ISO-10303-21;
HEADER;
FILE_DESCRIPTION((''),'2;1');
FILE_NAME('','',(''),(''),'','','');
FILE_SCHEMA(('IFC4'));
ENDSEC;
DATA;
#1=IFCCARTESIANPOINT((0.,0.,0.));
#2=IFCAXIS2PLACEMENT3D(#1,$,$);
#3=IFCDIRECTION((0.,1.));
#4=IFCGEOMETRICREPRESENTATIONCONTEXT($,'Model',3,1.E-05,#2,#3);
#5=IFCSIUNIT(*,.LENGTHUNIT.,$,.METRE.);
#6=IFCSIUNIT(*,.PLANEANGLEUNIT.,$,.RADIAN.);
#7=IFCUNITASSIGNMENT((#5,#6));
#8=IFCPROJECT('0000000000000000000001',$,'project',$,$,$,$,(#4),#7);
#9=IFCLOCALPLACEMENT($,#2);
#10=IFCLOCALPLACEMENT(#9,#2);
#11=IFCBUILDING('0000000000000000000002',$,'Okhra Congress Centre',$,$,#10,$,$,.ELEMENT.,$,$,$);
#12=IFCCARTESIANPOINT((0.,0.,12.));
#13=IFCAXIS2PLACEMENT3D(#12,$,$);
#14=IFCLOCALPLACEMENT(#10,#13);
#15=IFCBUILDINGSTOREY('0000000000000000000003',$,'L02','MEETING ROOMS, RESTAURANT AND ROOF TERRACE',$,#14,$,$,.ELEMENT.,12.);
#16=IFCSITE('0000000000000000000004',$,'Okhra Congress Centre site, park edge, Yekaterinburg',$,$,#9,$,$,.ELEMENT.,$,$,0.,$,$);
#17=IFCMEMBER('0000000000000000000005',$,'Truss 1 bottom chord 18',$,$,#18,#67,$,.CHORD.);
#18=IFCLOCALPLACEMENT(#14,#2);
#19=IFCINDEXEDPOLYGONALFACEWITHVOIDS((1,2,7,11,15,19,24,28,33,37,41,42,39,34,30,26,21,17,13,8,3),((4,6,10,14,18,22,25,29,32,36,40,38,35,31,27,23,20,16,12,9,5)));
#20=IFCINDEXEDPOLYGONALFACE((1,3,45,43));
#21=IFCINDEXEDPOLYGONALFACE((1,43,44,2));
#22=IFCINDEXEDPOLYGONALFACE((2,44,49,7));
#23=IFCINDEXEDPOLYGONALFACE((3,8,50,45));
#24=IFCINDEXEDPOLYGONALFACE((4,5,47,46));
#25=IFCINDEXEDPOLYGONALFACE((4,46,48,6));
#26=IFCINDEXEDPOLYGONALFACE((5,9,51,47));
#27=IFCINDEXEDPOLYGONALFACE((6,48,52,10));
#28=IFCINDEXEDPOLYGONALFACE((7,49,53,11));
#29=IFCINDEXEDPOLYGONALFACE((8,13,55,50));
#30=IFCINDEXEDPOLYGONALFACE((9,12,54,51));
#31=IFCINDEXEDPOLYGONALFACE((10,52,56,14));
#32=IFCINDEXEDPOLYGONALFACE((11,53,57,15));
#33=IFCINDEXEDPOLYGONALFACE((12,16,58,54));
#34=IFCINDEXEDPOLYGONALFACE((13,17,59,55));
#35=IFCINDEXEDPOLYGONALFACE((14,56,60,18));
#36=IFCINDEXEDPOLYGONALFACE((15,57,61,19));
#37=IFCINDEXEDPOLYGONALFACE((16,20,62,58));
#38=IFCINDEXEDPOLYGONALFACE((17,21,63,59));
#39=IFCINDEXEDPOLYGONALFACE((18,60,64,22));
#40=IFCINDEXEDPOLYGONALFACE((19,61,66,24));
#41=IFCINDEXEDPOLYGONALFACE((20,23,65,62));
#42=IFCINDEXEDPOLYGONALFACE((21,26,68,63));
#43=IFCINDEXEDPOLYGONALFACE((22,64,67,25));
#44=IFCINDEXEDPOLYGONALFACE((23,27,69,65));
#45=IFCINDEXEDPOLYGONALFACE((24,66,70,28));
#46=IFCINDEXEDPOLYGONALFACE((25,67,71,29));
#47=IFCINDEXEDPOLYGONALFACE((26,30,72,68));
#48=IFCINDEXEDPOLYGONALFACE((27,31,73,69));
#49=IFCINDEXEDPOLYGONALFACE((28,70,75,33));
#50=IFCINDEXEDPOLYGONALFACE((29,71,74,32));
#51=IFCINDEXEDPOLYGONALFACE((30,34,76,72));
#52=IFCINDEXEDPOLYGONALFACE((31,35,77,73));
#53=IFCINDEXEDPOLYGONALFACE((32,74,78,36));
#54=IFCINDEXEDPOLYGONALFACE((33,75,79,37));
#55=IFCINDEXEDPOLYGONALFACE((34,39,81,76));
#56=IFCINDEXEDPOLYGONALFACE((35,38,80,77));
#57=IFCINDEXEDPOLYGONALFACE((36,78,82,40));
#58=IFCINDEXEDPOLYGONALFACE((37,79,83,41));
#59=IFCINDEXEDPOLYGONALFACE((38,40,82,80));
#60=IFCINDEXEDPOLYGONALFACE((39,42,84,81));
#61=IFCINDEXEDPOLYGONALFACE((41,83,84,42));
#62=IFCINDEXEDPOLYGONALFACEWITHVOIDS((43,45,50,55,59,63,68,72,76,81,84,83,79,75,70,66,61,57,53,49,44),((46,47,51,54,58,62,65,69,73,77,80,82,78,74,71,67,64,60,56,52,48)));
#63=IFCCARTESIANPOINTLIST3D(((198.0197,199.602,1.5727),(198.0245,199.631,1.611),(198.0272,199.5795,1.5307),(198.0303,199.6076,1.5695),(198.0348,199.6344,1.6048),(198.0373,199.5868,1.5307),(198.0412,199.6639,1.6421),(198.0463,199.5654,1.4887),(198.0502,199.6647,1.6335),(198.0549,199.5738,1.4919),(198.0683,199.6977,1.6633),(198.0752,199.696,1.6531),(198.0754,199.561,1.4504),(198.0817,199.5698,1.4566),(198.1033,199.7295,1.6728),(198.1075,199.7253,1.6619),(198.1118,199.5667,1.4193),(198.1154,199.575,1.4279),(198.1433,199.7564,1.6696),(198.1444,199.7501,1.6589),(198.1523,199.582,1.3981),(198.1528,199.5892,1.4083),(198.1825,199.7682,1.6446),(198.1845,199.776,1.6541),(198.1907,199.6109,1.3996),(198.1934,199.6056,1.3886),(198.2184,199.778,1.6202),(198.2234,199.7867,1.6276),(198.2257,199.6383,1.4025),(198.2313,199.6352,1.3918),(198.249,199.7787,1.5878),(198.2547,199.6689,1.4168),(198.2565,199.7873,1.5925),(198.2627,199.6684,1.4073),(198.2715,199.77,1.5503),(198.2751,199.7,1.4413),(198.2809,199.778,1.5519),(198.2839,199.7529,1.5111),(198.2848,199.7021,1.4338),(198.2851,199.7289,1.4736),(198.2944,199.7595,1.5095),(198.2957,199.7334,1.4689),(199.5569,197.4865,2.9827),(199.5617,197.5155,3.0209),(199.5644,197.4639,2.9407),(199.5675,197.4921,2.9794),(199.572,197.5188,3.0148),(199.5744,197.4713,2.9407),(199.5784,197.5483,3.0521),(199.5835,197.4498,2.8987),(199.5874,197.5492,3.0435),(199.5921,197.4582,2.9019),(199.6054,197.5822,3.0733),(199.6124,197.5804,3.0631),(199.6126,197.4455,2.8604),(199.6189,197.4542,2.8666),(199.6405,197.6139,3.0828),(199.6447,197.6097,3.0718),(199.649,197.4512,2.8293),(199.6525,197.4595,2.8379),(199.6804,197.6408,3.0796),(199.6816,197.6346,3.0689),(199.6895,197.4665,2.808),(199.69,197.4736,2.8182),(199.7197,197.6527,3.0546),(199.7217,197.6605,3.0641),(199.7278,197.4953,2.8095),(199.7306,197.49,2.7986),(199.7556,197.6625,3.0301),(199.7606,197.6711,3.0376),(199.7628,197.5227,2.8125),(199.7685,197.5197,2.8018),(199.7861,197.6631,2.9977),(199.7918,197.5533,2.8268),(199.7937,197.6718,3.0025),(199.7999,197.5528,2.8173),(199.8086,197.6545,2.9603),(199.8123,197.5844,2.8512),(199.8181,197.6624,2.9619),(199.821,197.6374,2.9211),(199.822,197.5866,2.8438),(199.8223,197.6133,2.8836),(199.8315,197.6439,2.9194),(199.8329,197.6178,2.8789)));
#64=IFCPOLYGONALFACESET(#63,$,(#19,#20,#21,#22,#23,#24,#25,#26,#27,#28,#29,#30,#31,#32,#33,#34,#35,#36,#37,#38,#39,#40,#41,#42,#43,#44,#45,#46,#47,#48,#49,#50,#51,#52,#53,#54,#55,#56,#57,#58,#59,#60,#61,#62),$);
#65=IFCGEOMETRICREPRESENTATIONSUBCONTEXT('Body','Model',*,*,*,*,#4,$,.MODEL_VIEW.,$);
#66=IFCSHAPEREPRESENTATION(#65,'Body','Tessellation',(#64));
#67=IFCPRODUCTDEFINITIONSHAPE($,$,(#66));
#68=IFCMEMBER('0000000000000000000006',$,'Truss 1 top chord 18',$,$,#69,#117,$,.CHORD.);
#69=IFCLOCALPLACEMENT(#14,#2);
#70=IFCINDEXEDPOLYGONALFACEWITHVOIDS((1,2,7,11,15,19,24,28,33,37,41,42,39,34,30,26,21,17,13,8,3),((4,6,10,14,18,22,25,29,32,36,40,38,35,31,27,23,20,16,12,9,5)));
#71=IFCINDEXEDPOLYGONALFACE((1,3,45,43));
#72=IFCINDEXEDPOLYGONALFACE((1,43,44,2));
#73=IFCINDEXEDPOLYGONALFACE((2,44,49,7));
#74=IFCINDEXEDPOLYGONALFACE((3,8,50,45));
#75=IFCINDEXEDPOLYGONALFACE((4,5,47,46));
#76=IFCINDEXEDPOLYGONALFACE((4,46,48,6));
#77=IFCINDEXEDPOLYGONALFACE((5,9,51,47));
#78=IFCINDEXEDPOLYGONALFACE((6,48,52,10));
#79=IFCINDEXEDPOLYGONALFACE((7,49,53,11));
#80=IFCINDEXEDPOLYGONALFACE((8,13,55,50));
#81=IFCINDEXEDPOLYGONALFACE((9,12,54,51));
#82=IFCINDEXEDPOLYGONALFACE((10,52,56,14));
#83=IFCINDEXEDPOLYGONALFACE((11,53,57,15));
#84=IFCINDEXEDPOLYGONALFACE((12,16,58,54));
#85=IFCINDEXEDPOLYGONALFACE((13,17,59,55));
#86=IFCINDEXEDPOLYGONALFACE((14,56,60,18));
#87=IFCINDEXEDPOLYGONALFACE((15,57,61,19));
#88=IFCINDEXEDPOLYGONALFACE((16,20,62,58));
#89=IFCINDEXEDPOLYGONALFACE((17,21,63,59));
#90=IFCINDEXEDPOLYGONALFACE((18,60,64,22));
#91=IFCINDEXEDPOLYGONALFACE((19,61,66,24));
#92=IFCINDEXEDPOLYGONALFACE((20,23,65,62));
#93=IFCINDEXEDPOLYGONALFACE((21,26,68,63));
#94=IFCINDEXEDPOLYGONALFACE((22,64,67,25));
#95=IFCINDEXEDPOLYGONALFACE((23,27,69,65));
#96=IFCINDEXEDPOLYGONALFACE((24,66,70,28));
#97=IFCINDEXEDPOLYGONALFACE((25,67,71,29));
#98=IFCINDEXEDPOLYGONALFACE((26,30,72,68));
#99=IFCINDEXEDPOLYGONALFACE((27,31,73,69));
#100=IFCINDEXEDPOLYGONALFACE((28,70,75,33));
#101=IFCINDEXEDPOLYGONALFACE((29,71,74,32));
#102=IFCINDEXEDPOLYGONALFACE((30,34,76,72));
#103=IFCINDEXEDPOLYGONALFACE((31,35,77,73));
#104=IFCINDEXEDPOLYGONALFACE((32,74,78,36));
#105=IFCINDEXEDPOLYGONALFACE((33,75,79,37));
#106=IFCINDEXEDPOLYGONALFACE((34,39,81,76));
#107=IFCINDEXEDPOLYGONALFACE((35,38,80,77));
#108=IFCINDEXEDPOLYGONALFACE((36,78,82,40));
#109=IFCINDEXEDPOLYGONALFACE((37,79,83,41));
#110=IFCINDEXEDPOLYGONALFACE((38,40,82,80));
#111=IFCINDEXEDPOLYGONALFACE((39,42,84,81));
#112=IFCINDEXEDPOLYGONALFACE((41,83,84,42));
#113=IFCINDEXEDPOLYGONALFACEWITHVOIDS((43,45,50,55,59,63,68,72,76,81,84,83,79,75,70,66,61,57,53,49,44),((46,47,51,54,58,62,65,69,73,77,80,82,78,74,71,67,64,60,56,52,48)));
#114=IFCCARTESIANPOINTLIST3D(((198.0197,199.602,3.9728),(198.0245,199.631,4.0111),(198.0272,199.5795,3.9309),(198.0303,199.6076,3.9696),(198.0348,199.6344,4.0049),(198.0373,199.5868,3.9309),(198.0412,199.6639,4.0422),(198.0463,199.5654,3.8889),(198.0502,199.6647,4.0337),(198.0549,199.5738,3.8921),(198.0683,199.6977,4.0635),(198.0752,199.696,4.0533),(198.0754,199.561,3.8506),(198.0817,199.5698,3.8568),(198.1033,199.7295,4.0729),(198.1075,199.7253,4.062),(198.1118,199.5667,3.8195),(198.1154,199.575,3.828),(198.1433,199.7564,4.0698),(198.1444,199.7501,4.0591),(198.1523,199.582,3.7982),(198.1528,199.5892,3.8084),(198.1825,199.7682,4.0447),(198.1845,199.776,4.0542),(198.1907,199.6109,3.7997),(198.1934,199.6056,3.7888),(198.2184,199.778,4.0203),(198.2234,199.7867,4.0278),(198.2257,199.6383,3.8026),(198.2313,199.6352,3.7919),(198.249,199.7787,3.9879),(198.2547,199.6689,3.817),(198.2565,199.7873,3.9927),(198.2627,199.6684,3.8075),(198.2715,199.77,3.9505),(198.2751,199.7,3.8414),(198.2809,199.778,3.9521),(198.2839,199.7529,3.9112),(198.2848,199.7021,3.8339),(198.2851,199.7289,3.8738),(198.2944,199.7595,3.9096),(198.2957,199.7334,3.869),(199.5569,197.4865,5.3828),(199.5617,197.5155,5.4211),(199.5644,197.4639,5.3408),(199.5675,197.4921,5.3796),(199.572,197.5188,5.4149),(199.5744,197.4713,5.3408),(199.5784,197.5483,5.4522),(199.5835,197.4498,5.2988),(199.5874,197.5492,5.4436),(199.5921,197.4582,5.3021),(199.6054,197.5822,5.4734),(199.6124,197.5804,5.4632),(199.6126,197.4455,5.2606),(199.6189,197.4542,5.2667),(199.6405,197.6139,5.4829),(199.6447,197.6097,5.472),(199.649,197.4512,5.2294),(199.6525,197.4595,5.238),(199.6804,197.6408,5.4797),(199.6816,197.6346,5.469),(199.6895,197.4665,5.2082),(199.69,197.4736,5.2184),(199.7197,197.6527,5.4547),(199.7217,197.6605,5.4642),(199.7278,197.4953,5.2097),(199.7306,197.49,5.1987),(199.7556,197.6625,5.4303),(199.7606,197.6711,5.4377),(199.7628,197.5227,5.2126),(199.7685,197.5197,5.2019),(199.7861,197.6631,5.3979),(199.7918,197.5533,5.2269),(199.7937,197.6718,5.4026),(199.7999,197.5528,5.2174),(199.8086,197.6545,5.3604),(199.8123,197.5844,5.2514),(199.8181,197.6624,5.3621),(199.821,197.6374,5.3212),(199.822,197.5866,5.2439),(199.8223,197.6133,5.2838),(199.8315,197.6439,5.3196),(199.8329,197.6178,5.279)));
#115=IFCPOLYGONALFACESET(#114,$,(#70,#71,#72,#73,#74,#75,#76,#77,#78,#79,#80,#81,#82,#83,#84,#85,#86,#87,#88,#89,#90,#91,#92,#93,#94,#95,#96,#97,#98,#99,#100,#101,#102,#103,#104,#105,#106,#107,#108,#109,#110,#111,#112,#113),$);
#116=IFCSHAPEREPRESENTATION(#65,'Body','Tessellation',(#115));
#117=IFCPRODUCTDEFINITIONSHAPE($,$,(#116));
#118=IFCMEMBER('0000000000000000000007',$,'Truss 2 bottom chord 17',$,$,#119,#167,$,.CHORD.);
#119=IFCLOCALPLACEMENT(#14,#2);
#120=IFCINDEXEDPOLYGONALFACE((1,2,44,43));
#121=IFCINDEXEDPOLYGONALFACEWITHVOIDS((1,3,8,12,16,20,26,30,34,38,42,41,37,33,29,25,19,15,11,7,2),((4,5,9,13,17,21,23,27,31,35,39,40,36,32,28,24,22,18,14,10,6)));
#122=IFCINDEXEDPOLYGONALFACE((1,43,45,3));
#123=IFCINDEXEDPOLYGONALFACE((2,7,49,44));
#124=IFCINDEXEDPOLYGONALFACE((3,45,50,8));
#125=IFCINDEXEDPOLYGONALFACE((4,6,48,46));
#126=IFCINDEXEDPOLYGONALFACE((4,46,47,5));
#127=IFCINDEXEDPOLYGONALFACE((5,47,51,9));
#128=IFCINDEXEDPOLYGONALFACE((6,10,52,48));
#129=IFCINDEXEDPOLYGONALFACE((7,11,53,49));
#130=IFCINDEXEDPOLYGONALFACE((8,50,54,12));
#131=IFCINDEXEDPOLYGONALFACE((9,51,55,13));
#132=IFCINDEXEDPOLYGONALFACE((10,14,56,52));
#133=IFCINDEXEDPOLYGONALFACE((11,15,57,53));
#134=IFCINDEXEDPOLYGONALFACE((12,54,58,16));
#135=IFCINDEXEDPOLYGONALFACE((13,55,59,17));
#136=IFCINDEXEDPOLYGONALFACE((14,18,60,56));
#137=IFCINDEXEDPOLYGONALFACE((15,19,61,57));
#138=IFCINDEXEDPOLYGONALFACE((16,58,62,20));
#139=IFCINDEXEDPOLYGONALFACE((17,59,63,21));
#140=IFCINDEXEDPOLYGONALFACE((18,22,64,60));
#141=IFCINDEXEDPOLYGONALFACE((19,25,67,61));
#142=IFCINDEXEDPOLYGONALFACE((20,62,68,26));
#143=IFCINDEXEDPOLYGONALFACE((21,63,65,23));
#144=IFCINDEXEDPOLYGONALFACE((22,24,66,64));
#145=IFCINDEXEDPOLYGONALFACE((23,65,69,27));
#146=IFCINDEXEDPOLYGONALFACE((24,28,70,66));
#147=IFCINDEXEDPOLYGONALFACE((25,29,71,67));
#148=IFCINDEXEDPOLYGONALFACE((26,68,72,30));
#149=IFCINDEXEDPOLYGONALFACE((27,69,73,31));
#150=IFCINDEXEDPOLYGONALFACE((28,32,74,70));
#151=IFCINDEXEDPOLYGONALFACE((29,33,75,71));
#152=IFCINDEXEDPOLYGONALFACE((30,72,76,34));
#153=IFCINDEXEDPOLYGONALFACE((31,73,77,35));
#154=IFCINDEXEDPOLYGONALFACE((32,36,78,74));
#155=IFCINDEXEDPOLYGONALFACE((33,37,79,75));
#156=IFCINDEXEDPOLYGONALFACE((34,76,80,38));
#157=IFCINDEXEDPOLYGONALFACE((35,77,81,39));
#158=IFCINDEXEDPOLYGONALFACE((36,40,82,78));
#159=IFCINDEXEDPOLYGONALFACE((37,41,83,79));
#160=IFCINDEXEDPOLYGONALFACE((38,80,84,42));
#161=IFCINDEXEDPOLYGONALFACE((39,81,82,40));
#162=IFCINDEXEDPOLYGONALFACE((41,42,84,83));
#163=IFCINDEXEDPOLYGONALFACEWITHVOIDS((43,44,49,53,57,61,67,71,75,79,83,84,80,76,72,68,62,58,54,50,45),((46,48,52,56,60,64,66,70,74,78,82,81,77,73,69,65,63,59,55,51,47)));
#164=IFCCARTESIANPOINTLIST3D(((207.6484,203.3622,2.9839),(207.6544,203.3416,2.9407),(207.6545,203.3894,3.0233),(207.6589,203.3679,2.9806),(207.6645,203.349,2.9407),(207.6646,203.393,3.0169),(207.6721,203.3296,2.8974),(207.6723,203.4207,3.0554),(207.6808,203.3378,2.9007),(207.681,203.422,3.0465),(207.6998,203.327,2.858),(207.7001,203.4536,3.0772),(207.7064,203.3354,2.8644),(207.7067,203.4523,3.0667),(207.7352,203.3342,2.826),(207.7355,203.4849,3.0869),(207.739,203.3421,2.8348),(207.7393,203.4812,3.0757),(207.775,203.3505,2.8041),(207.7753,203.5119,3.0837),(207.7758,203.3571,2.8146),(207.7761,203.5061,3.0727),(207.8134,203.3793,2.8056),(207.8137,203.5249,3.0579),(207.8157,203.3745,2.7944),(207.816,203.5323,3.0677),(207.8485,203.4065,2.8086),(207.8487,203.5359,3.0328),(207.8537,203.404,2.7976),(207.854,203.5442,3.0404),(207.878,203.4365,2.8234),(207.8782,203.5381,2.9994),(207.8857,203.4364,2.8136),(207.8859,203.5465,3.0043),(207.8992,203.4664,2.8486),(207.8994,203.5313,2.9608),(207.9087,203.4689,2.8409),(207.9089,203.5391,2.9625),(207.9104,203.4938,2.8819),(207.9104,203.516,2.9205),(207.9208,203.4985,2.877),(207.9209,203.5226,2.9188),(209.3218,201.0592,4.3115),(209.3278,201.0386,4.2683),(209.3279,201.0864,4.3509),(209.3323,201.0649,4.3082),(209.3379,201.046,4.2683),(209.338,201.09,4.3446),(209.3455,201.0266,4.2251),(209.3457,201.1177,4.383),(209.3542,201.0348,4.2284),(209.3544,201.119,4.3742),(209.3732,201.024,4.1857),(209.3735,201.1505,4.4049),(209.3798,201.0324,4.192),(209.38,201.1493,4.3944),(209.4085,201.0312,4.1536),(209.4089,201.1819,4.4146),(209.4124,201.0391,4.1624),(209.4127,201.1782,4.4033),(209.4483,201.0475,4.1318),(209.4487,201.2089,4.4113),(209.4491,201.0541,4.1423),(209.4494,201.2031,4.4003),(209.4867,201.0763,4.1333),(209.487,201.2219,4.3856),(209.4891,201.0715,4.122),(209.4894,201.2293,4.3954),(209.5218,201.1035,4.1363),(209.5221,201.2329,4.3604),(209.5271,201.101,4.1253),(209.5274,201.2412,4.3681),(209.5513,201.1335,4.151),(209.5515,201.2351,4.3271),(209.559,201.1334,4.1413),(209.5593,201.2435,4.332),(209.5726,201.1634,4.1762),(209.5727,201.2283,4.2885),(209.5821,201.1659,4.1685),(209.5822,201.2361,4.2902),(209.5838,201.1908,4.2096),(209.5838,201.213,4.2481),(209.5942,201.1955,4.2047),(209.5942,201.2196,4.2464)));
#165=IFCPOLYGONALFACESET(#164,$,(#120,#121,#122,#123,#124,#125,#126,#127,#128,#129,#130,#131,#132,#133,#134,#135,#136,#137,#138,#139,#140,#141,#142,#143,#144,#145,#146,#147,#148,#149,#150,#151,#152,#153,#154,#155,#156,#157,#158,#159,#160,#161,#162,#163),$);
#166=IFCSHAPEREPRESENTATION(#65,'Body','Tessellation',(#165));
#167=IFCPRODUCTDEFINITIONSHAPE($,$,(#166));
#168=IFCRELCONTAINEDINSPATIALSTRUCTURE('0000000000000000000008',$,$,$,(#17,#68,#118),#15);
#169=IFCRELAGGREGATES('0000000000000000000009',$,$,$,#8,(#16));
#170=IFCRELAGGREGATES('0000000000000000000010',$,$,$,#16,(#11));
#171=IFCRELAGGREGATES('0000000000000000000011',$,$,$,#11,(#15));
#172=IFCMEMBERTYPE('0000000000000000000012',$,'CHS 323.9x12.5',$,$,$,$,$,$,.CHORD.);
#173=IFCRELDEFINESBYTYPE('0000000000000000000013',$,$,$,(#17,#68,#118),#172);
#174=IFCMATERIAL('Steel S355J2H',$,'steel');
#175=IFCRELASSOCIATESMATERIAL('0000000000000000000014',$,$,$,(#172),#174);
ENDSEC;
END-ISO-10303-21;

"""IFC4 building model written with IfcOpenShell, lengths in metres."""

from ifc_helpers import new_model, si_unit, direction, frame, origin, origin_2d, place, context, subcontext, project, spatial, hollow_circle, extrude, material, material_profile, profile_set, type_object, element, save


model = new_model("IFC4")

# Units and contexts
model_context = context("Model", 3, precision=1e-05, world=origin(), true_north=direction((0.0, 1.0)))
body_context = subcontext(model_context, "Body", "Model", "MODEL_VIEW")
ifc_project = project(units=[si_unit("LENGTHUNIT", "METRE"), si_unit("PLANEANGLEUNIT", "RADIAN")], contexts=[model_context])

# Site, building, storey
site_placement = place(None, origin())
site = spatial("IfcSite", under=ifc_project, at=site_placement, Name="Okhra Congress Centre site, park edge, Yekaterinburg", CompositionType="ELEMENT", RefElevation=0.0)
building_placement = place(site_placement, origin())
building = spatial("IfcBuilding", under=site, at=building_placement, Name="Okhra Congress Centre", CompositionType="ELEMENT")
storey_placement = place(building_placement, frame((0.0, 0.0, 12.0)))
storey = spatial("IfcBuildingStorey", under=building, at=storey_placement, Name="L02", Description="MEETING ROOMS, RESTAURANT AND ROOF TERRACE", CompositionType="ELEMENT", Elevation=12.0)

# Shared definitions
ifc_material_1 = material(Name="Steel S355J2H", Category="steel")

# Members
ifc_material_profile_1 = material_profile(ifc_material_1, hollow_circle(Radius=0.1619, WallThickness=0.0125, at=origin_2d()), Name="CHS 323.9x12.5")
ifc_profile_set_1 = profile_set([ifc_material_profile_1], Name="Steel S355J2H")
member_type_1 = type_object("IfcMemberType", Name="CHS 323.9x12.5", PredefinedType="CHORD", material=ifc_profile_set_1)
for number, where, z_axis, x_axis, name in (
    (1, (199.6953, 197.5591, 2.9407), (-0.517401, 0.712084, -0.474586), (-0.808994, -0.587816, 0.0), "Truss 1 bottom chord 18"),
    (2, (199.6953, 197.5591, 5.3408), (-0.517401, 0.712084, -0.474586), (-0.808994, -0.587816, 0.0), "Truss 1 top chord 18"),
):
    element("IfcMember", number, at=place(storey_placement, frame(where, z_axis=z_axis, x_axis=x_axis)), inside=storey, type_object=member_type_1, Name=name, PredefinedType="CHORD", context=body_context, shape_type="SweptSolid", body=[
        extrude(hollow_circle(Radius=0.1619, WallThickness=0.0125, at=origin_2d()), origin(), (0.0, 0.0, 1.0), 2.9709),
    ])
member_placement = place(storey_placement, frame((209.4587, 201.1338, 4.2683), z_axis=(-0.532727, 0.73318, -0.422669), x_axis=(-0.808996, -0.587815, 0.0)))
element("IfcMember", 3, at=member_placement, inside=storey, type_object=member_type_1, Name="Truss 2 bottom chord 17", PredefinedType="CHORD", context=body_context, shape_type="SweptSolid", body=[
    extrude(hollow_circle(Radius=0.1619, WallThickness=0.0125, at=origin_2d()), origin(), (0.0, 0.0, 1.0), 3.1411),
])

save(model, "model.ifc")
